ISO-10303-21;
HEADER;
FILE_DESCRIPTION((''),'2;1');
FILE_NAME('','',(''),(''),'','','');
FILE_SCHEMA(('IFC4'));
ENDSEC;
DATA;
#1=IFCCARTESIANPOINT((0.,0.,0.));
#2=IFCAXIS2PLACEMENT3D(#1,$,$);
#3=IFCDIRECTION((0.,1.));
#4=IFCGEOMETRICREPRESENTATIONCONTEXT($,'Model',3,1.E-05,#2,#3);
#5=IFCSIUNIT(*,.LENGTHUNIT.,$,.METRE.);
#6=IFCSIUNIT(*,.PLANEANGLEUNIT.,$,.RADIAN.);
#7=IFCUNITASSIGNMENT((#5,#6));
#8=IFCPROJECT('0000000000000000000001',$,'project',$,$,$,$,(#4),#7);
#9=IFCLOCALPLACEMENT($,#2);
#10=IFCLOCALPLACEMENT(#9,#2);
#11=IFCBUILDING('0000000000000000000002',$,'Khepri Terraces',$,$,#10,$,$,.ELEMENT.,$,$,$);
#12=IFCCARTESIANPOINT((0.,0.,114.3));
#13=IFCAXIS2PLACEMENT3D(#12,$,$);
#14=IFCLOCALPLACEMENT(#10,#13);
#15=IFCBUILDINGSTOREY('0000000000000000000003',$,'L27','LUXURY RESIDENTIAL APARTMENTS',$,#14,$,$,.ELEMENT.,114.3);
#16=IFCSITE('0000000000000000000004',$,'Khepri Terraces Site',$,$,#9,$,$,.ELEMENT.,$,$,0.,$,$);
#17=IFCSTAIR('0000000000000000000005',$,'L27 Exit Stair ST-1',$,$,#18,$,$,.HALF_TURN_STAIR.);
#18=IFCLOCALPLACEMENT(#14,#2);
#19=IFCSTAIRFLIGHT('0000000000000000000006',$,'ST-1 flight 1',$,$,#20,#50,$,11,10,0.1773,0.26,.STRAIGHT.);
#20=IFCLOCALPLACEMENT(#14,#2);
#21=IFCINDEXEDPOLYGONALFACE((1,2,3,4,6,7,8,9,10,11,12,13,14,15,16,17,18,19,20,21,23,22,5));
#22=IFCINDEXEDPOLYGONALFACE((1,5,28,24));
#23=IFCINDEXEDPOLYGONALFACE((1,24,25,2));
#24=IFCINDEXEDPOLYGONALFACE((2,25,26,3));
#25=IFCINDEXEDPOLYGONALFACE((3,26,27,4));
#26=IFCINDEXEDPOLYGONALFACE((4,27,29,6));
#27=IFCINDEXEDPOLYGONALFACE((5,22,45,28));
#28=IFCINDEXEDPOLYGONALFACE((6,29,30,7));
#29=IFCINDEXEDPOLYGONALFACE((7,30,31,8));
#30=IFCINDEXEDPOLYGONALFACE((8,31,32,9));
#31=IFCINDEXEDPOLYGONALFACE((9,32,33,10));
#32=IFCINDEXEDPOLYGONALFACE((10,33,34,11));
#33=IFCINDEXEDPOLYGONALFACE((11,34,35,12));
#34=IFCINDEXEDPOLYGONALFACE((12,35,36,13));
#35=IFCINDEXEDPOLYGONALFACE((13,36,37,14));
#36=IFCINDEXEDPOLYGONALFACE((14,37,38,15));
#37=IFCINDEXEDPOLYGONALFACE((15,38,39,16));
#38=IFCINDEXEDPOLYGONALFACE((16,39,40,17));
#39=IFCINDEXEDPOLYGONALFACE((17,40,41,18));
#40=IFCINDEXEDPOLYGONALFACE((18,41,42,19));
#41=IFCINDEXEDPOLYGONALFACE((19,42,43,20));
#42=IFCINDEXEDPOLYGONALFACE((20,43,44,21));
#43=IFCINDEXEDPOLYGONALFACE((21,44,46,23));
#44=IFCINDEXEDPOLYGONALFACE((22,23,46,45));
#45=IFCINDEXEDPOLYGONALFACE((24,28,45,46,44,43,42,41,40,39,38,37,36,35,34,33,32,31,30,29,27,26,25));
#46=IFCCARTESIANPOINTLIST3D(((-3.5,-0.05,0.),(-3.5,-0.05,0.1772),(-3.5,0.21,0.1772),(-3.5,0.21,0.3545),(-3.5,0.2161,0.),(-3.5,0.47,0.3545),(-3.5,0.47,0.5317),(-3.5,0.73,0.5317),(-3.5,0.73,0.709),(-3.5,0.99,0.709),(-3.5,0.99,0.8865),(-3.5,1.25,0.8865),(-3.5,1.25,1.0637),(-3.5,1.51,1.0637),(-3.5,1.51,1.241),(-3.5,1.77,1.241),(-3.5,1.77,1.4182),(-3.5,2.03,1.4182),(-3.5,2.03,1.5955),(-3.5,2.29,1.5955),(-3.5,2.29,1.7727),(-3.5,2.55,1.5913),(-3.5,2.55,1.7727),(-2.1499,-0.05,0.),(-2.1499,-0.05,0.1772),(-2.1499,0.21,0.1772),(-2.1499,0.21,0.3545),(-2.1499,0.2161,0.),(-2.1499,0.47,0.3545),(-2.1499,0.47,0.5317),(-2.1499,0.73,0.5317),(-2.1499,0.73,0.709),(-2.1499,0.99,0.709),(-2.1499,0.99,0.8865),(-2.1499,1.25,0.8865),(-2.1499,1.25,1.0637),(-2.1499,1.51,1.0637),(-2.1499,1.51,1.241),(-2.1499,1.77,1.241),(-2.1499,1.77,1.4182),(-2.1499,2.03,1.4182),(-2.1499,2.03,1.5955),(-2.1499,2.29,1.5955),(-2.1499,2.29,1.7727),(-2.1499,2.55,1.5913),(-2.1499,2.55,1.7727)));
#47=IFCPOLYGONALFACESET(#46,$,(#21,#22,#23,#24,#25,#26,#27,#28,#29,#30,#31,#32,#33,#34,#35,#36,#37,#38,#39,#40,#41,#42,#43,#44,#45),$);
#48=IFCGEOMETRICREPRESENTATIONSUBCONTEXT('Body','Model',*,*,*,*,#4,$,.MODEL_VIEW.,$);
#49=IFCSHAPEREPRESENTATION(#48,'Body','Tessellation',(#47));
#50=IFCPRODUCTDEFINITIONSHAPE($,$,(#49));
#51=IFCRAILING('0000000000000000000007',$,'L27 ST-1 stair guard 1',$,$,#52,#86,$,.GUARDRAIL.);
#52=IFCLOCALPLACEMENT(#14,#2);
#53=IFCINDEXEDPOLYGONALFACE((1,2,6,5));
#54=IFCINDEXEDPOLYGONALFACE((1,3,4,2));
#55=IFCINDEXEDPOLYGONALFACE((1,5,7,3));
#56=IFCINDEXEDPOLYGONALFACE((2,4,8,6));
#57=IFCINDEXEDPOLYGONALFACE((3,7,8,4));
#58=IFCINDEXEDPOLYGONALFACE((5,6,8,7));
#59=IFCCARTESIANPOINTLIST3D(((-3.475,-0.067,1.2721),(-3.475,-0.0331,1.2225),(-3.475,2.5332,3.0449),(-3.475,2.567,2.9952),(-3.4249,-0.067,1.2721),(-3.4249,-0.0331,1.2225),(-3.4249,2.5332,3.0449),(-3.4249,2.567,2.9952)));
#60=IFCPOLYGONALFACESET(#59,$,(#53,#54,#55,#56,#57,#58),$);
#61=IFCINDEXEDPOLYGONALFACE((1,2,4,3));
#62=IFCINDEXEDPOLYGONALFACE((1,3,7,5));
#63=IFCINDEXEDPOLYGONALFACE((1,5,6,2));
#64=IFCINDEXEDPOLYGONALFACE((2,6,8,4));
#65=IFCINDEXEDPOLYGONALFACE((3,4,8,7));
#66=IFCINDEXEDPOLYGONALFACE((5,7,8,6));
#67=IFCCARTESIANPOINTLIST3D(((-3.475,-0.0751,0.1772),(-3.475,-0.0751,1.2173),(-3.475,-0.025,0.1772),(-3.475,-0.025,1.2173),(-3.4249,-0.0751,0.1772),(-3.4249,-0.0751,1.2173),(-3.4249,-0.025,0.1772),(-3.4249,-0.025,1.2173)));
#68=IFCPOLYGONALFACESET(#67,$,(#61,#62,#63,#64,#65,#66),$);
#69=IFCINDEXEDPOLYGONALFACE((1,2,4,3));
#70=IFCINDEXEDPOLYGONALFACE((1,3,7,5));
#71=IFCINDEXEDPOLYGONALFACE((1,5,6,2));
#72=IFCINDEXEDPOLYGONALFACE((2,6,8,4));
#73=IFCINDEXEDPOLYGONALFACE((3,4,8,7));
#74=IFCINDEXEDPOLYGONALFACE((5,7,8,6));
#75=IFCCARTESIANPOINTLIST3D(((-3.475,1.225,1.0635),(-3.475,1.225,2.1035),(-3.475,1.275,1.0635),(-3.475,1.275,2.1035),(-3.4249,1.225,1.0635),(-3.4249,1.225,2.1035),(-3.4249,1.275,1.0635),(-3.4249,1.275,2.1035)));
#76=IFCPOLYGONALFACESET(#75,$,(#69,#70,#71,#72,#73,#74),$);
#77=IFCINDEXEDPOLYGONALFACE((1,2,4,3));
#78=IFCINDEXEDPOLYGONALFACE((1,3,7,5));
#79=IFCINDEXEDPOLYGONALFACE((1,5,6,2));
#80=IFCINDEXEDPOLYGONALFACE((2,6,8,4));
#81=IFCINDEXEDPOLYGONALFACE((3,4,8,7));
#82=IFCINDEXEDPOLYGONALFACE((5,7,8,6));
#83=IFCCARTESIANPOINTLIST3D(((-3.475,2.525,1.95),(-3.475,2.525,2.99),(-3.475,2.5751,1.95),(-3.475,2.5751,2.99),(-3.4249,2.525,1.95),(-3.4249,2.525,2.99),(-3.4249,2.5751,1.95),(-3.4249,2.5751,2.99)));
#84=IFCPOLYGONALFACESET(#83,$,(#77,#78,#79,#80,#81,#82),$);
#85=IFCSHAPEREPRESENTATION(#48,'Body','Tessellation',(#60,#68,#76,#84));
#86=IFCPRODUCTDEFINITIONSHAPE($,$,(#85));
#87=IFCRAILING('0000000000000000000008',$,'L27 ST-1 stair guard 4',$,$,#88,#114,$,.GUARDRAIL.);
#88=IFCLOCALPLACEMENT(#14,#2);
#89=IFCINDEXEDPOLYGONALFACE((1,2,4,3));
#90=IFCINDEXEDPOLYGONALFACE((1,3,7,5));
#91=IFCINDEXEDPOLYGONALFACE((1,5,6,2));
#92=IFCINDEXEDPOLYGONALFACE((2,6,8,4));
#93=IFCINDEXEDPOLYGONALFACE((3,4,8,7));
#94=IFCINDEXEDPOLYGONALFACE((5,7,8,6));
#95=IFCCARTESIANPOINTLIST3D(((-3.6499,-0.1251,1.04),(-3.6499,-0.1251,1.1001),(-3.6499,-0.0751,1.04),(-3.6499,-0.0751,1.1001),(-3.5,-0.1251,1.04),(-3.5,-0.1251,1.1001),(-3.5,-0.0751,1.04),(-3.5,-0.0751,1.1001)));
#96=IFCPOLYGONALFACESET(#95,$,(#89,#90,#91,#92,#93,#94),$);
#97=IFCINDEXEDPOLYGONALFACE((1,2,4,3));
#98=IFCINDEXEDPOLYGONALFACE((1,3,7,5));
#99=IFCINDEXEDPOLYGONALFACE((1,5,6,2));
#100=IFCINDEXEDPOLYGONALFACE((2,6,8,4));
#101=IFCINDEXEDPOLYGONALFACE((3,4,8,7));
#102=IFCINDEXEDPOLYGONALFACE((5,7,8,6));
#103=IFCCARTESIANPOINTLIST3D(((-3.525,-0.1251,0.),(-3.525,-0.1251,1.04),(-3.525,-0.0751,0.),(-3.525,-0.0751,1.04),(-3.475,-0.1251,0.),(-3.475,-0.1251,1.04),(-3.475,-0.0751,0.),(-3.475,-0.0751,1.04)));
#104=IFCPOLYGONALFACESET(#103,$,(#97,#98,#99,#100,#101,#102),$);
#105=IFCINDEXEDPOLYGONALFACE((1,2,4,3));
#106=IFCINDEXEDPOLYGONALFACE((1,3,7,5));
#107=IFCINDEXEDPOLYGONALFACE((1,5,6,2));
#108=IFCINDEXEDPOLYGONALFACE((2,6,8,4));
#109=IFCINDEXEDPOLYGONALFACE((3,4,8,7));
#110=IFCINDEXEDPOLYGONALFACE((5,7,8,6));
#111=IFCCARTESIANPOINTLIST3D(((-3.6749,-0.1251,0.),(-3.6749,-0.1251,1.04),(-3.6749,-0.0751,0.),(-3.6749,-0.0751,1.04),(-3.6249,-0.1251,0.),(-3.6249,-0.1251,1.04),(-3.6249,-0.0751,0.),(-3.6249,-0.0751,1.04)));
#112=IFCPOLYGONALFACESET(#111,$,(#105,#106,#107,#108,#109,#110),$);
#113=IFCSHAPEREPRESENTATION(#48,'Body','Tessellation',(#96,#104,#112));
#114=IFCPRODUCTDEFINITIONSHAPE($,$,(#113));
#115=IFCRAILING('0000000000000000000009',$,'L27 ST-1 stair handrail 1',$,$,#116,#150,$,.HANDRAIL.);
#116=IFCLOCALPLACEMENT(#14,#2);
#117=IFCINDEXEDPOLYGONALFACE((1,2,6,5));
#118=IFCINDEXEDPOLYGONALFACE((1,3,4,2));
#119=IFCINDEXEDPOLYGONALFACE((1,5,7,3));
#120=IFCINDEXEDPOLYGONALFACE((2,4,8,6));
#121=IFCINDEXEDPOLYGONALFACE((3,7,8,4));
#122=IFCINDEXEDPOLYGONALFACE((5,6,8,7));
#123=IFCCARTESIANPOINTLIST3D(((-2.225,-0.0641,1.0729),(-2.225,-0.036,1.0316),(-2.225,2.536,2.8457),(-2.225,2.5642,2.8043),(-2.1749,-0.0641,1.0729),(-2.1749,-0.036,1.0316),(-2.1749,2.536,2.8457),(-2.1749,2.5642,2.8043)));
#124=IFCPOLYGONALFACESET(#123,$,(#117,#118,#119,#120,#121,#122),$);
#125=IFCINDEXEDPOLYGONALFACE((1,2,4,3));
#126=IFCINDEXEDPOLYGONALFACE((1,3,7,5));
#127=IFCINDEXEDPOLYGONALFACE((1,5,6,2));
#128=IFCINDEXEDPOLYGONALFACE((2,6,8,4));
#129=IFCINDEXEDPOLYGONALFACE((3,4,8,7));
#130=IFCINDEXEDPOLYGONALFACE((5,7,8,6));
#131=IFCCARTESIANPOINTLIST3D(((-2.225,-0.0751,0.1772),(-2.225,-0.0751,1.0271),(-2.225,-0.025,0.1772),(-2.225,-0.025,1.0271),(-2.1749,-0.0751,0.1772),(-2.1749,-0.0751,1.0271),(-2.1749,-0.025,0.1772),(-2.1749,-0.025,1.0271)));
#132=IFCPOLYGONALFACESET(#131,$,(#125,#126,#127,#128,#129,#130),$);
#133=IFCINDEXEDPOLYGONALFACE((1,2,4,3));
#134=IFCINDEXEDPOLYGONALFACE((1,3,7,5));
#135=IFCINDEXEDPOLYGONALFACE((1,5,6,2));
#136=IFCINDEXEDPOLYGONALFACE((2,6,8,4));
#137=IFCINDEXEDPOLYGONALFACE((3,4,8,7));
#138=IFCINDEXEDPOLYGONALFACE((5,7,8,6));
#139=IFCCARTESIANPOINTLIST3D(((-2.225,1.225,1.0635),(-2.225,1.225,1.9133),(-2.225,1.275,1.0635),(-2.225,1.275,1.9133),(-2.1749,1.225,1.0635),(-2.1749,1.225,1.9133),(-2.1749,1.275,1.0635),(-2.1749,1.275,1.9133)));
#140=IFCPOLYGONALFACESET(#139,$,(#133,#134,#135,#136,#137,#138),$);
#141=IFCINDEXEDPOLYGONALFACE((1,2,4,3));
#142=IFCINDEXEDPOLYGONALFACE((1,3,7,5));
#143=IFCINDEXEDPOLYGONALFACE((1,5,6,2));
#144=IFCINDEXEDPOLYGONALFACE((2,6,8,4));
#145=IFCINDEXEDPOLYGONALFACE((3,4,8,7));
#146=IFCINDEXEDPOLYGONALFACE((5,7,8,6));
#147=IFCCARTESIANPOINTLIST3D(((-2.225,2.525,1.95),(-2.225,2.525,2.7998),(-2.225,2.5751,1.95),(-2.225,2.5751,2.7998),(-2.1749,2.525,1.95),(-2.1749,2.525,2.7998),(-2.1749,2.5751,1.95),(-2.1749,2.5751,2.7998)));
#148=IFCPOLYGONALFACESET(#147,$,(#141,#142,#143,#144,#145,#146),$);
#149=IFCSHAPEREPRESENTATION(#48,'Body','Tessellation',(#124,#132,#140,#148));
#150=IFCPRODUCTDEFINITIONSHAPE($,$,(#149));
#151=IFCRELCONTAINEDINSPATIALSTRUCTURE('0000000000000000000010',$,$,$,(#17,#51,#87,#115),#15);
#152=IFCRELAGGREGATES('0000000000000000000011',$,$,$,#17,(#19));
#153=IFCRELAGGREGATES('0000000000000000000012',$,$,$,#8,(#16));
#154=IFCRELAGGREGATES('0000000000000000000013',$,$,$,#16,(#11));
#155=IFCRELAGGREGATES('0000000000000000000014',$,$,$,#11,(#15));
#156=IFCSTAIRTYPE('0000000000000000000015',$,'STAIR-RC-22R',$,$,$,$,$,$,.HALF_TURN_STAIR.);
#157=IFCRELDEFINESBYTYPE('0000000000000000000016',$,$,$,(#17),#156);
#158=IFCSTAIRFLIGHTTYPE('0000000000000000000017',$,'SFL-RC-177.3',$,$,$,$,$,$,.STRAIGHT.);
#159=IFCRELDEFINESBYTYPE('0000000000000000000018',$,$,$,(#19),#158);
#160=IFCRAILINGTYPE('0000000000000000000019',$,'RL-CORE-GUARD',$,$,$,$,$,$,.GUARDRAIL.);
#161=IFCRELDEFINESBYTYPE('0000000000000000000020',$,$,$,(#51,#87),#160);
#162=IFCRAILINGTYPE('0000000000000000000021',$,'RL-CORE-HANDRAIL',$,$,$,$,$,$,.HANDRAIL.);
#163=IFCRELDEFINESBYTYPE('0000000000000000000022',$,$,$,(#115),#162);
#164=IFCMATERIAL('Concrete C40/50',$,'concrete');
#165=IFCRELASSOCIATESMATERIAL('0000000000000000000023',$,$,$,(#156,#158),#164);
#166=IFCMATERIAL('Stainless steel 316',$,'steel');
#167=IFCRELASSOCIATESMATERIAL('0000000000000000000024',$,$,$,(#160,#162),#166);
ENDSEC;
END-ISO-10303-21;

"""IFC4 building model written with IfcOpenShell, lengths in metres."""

from ifc_helpers import new_model, si_unit, direction, frame, origin, origin_2d, place, context, subcontext, project, spatial, polyline, rectangle, outline, extrude, material, type_object, element, aggregate, save


model = new_model("IFC4")

# Units and contexts
model_context = context("Model", 3, precision=1e-05, world=origin(), true_north=direction((0.0, 1.0)))
body_context = subcontext(model_context, "Body", "Model", "MODEL_VIEW")
ifc_project = project(units=[si_unit("LENGTHUNIT", "METRE"), si_unit("PLANEANGLEUNIT", "RADIAN")], contexts=[model_context])

# Site, building, storey
site_placement = place(None, origin())
site = spatial("IfcSite", under=ifc_project, at=site_placement, Name="Khepri Terraces Site", CompositionType="ELEMENT", RefElevation=0.0)
building_placement = place(site_placement, origin())
building = spatial("IfcBuilding", under=site, at=building_placement, Name="Khepri Terraces", CompositionType="ELEMENT")
storey_placement = place(building_placement, frame((0.0, 0.0, 114.3)))
storey = spatial("IfcBuildingStorey", under=building, at=storey_placement, Name="L27", Description="LUXURY RESIDENTIAL APARTMENTS", CompositionType="ELEMENT", Elevation=114.3)

# Shared definitions
ifc_material_1 = material(Name="Concrete C40/50", Category="concrete")

# Stair, stair flight
stair_type = type_object("IfcStairType", Name="STAIR-RC-22R", PredefinedType="HALF_TURN_STAIR", material=ifc_material_1)
stair_placement = place(storey_placement, origin())
stair = element("IfcStair", 1, at=stair_placement, inside=storey, type_object=stair_type, Name="L27 Exit Stair ST-1", PredefinedType="HALF_TURN_STAIR")
stair_flight_type = type_object("IfcStairFlightType", Name="SFL-RC-177.3", PredefinedType="STRAIGHT", material=ifc_material_1)
stair_flight_placement = place(storey_placement, frame((-2.825, -0.05, 0.0), z_axis=(0.0, 0.0, 1.0), x_axis=(0.0, 1.0, 0.0)))
stair_flight = element("IfcStairFlight", 2, at=stair_flight_placement, type_object=stair_flight_type, Name="ST-1 flight 1", NumberOfRisers=11, NumberOfTreads=10, PredefinedType="STRAIGHT", RiserHeight=0.1773, TreadLength=0.26, context=body_context, shape_type="SweptSolid", body=[
    extrude(outline(polyline([(0.0, 0.0), (0.0, 0.1772), (0.26, 0.1772), (0.26, 0.3545), (0.52, 0.3545), (0.52, 0.5317), (0.78, 0.5317), (0.78, 0.709), (1.04, 0.709), (1.04, 0.8865), (1.3, 0.8865), (1.3, 1.0637), (1.5601, 1.0637), (1.5601, 1.241), (1.8201, 1.241), (1.8201, 1.4182), (2.0801, 1.4182), (2.0801, 1.5955), (2.3401, 1.5955), (2.3401, 1.7727), (2.6001, 1.7727), (2.6001, 1.95), (2.6001, 1.5913), (0.2661, 0.0), (0.0, 0.0)])), frame((0.0, 0.675, 0.0), z_axis=(0.0, -1.0, 0.0), x_axis=(1.0, 0.0, 0.0)), (0.0, 0.0, 1.0), 1.3501),
])
aggregate(stair, [stair_flight])

# Railings
ifc_material_2 = material(Name="Stainless steel 316", Category="steel")
railing_type_1 = type_object("IfcRailingType", Name="RL-CORE-GUARD", PredefinedType="GUARDRAIL", material=ifc_material_2)
railing_1_placement = place(storey_placement, frame((-3.45, -0.05, 0.1772)))
element("IfcRailing", 3, at=railing_1_placement, inside=storey, type_object=railing_type_1, Name="L27 ST-1 stair guard 1", PredefinedType="GUARDRAIL", context=body_context, shape_type="SweptSolid", body=[
    extrude(rectangle(XDim=0.05, YDim=0.0601, at=origin_2d()), frame((0.0, 0.0, 1.0701), z_axis=(0.0, 0.82624, 0.563318), x_axis=(-1.0, 0.0, 0.0)), (0.0, 0.0, 1.0), 3.147),
    extrude(rectangle(XDim=0.05, YDim=0.05, at=origin_2d()), origin(), (0.0, 0.0, 1.0), 1.04),
    extrude(rectangle(XDim=0.05, YDim=0.05, at=origin_2d()), frame((0.0, 1.3, 0.8862)), (0.0, 0.0, 1.0), 1.04),
    extrude(rectangle(XDim=0.05, YDim=0.05, at=origin_2d()), frame((0.0, 2.6001, 1.7727)), (0.0, 0.0, 1.0), 1.04),
])
railing_2_placement = place(storey_placement, frame((-3.5, -0.1001, 0.0)))
element("IfcRailing", 4, at=railing_2_placement, inside=storey, type_object=railing_type_1, Name="L27 ST-1 stair guard 4", PredefinedType="GUARDRAIL", context=body_context, shape_type="SweptSolid", body=[
    extrude(rectangle(XDim=0.05, YDim=0.0601, at=origin_2d()), frame((0.0, 0.0, 1.0701), z_axis=(-1.0, 0.0, 0.0), x_axis=(0.0, -1.0, 0.0)), (0.0, 0.0, 1.0), 0.1499),
    extrude(rectangle(XDim=0.05, YDim=0.05, at=origin_2d()), origin(), (0.0, 0.0, 1.0), 1.04),
    extrude(rectangle(XDim=0.05, YDim=0.05, at=origin_2d()), frame((-0.1499, 0.0, 0.0)), (0.0, 0.0, 1.0), 1.04),
])
railing_type_2 = type_object("IfcRailingType", Name="RL-CORE-HANDRAIL", PredefinedType="HANDRAIL", material=ifc_material_2)
railing_3_placement = place(storey_placement, frame((-2.2, -0.05, 0.1772)))
element("IfcRailing", 5, at=railing_3_placement, inside=storey, type_object=railing_type_2, Name="L27 ST-1 stair handrail 1", PredefinedType="HANDRAIL", context=body_context, shape_type="SweptSolid", body=[
    extrude(rectangle(XDim=0.05, YDim=0.05, at=origin_2d()), frame((0.0, 0.0, 0.875), z_axis=(0.0, 0.82624, 0.563318), x_axis=(-1.0, 0.0, 0.0)), (0.0, 0.0, 1.0), 3.147),
    extrude(rectangle(XDim=0.05, YDim=0.05, at=origin_2d()), origin(), (0.0, 0.0, 1.0), 0.8499),
    extrude(rectangle(XDim=0.05, YDim=0.05, at=origin_2d()), frame((0.0, 1.3, 0.8862)), (0.0, 0.0, 1.0), 0.8499),
    extrude(rectangle(XDim=0.05, YDim=0.05, at=origin_2d()), frame((0.0, 2.6001, 1.7727)), (0.0, 0.0, 1.0), 0.8499),
])

save(model, "model.ifc")
